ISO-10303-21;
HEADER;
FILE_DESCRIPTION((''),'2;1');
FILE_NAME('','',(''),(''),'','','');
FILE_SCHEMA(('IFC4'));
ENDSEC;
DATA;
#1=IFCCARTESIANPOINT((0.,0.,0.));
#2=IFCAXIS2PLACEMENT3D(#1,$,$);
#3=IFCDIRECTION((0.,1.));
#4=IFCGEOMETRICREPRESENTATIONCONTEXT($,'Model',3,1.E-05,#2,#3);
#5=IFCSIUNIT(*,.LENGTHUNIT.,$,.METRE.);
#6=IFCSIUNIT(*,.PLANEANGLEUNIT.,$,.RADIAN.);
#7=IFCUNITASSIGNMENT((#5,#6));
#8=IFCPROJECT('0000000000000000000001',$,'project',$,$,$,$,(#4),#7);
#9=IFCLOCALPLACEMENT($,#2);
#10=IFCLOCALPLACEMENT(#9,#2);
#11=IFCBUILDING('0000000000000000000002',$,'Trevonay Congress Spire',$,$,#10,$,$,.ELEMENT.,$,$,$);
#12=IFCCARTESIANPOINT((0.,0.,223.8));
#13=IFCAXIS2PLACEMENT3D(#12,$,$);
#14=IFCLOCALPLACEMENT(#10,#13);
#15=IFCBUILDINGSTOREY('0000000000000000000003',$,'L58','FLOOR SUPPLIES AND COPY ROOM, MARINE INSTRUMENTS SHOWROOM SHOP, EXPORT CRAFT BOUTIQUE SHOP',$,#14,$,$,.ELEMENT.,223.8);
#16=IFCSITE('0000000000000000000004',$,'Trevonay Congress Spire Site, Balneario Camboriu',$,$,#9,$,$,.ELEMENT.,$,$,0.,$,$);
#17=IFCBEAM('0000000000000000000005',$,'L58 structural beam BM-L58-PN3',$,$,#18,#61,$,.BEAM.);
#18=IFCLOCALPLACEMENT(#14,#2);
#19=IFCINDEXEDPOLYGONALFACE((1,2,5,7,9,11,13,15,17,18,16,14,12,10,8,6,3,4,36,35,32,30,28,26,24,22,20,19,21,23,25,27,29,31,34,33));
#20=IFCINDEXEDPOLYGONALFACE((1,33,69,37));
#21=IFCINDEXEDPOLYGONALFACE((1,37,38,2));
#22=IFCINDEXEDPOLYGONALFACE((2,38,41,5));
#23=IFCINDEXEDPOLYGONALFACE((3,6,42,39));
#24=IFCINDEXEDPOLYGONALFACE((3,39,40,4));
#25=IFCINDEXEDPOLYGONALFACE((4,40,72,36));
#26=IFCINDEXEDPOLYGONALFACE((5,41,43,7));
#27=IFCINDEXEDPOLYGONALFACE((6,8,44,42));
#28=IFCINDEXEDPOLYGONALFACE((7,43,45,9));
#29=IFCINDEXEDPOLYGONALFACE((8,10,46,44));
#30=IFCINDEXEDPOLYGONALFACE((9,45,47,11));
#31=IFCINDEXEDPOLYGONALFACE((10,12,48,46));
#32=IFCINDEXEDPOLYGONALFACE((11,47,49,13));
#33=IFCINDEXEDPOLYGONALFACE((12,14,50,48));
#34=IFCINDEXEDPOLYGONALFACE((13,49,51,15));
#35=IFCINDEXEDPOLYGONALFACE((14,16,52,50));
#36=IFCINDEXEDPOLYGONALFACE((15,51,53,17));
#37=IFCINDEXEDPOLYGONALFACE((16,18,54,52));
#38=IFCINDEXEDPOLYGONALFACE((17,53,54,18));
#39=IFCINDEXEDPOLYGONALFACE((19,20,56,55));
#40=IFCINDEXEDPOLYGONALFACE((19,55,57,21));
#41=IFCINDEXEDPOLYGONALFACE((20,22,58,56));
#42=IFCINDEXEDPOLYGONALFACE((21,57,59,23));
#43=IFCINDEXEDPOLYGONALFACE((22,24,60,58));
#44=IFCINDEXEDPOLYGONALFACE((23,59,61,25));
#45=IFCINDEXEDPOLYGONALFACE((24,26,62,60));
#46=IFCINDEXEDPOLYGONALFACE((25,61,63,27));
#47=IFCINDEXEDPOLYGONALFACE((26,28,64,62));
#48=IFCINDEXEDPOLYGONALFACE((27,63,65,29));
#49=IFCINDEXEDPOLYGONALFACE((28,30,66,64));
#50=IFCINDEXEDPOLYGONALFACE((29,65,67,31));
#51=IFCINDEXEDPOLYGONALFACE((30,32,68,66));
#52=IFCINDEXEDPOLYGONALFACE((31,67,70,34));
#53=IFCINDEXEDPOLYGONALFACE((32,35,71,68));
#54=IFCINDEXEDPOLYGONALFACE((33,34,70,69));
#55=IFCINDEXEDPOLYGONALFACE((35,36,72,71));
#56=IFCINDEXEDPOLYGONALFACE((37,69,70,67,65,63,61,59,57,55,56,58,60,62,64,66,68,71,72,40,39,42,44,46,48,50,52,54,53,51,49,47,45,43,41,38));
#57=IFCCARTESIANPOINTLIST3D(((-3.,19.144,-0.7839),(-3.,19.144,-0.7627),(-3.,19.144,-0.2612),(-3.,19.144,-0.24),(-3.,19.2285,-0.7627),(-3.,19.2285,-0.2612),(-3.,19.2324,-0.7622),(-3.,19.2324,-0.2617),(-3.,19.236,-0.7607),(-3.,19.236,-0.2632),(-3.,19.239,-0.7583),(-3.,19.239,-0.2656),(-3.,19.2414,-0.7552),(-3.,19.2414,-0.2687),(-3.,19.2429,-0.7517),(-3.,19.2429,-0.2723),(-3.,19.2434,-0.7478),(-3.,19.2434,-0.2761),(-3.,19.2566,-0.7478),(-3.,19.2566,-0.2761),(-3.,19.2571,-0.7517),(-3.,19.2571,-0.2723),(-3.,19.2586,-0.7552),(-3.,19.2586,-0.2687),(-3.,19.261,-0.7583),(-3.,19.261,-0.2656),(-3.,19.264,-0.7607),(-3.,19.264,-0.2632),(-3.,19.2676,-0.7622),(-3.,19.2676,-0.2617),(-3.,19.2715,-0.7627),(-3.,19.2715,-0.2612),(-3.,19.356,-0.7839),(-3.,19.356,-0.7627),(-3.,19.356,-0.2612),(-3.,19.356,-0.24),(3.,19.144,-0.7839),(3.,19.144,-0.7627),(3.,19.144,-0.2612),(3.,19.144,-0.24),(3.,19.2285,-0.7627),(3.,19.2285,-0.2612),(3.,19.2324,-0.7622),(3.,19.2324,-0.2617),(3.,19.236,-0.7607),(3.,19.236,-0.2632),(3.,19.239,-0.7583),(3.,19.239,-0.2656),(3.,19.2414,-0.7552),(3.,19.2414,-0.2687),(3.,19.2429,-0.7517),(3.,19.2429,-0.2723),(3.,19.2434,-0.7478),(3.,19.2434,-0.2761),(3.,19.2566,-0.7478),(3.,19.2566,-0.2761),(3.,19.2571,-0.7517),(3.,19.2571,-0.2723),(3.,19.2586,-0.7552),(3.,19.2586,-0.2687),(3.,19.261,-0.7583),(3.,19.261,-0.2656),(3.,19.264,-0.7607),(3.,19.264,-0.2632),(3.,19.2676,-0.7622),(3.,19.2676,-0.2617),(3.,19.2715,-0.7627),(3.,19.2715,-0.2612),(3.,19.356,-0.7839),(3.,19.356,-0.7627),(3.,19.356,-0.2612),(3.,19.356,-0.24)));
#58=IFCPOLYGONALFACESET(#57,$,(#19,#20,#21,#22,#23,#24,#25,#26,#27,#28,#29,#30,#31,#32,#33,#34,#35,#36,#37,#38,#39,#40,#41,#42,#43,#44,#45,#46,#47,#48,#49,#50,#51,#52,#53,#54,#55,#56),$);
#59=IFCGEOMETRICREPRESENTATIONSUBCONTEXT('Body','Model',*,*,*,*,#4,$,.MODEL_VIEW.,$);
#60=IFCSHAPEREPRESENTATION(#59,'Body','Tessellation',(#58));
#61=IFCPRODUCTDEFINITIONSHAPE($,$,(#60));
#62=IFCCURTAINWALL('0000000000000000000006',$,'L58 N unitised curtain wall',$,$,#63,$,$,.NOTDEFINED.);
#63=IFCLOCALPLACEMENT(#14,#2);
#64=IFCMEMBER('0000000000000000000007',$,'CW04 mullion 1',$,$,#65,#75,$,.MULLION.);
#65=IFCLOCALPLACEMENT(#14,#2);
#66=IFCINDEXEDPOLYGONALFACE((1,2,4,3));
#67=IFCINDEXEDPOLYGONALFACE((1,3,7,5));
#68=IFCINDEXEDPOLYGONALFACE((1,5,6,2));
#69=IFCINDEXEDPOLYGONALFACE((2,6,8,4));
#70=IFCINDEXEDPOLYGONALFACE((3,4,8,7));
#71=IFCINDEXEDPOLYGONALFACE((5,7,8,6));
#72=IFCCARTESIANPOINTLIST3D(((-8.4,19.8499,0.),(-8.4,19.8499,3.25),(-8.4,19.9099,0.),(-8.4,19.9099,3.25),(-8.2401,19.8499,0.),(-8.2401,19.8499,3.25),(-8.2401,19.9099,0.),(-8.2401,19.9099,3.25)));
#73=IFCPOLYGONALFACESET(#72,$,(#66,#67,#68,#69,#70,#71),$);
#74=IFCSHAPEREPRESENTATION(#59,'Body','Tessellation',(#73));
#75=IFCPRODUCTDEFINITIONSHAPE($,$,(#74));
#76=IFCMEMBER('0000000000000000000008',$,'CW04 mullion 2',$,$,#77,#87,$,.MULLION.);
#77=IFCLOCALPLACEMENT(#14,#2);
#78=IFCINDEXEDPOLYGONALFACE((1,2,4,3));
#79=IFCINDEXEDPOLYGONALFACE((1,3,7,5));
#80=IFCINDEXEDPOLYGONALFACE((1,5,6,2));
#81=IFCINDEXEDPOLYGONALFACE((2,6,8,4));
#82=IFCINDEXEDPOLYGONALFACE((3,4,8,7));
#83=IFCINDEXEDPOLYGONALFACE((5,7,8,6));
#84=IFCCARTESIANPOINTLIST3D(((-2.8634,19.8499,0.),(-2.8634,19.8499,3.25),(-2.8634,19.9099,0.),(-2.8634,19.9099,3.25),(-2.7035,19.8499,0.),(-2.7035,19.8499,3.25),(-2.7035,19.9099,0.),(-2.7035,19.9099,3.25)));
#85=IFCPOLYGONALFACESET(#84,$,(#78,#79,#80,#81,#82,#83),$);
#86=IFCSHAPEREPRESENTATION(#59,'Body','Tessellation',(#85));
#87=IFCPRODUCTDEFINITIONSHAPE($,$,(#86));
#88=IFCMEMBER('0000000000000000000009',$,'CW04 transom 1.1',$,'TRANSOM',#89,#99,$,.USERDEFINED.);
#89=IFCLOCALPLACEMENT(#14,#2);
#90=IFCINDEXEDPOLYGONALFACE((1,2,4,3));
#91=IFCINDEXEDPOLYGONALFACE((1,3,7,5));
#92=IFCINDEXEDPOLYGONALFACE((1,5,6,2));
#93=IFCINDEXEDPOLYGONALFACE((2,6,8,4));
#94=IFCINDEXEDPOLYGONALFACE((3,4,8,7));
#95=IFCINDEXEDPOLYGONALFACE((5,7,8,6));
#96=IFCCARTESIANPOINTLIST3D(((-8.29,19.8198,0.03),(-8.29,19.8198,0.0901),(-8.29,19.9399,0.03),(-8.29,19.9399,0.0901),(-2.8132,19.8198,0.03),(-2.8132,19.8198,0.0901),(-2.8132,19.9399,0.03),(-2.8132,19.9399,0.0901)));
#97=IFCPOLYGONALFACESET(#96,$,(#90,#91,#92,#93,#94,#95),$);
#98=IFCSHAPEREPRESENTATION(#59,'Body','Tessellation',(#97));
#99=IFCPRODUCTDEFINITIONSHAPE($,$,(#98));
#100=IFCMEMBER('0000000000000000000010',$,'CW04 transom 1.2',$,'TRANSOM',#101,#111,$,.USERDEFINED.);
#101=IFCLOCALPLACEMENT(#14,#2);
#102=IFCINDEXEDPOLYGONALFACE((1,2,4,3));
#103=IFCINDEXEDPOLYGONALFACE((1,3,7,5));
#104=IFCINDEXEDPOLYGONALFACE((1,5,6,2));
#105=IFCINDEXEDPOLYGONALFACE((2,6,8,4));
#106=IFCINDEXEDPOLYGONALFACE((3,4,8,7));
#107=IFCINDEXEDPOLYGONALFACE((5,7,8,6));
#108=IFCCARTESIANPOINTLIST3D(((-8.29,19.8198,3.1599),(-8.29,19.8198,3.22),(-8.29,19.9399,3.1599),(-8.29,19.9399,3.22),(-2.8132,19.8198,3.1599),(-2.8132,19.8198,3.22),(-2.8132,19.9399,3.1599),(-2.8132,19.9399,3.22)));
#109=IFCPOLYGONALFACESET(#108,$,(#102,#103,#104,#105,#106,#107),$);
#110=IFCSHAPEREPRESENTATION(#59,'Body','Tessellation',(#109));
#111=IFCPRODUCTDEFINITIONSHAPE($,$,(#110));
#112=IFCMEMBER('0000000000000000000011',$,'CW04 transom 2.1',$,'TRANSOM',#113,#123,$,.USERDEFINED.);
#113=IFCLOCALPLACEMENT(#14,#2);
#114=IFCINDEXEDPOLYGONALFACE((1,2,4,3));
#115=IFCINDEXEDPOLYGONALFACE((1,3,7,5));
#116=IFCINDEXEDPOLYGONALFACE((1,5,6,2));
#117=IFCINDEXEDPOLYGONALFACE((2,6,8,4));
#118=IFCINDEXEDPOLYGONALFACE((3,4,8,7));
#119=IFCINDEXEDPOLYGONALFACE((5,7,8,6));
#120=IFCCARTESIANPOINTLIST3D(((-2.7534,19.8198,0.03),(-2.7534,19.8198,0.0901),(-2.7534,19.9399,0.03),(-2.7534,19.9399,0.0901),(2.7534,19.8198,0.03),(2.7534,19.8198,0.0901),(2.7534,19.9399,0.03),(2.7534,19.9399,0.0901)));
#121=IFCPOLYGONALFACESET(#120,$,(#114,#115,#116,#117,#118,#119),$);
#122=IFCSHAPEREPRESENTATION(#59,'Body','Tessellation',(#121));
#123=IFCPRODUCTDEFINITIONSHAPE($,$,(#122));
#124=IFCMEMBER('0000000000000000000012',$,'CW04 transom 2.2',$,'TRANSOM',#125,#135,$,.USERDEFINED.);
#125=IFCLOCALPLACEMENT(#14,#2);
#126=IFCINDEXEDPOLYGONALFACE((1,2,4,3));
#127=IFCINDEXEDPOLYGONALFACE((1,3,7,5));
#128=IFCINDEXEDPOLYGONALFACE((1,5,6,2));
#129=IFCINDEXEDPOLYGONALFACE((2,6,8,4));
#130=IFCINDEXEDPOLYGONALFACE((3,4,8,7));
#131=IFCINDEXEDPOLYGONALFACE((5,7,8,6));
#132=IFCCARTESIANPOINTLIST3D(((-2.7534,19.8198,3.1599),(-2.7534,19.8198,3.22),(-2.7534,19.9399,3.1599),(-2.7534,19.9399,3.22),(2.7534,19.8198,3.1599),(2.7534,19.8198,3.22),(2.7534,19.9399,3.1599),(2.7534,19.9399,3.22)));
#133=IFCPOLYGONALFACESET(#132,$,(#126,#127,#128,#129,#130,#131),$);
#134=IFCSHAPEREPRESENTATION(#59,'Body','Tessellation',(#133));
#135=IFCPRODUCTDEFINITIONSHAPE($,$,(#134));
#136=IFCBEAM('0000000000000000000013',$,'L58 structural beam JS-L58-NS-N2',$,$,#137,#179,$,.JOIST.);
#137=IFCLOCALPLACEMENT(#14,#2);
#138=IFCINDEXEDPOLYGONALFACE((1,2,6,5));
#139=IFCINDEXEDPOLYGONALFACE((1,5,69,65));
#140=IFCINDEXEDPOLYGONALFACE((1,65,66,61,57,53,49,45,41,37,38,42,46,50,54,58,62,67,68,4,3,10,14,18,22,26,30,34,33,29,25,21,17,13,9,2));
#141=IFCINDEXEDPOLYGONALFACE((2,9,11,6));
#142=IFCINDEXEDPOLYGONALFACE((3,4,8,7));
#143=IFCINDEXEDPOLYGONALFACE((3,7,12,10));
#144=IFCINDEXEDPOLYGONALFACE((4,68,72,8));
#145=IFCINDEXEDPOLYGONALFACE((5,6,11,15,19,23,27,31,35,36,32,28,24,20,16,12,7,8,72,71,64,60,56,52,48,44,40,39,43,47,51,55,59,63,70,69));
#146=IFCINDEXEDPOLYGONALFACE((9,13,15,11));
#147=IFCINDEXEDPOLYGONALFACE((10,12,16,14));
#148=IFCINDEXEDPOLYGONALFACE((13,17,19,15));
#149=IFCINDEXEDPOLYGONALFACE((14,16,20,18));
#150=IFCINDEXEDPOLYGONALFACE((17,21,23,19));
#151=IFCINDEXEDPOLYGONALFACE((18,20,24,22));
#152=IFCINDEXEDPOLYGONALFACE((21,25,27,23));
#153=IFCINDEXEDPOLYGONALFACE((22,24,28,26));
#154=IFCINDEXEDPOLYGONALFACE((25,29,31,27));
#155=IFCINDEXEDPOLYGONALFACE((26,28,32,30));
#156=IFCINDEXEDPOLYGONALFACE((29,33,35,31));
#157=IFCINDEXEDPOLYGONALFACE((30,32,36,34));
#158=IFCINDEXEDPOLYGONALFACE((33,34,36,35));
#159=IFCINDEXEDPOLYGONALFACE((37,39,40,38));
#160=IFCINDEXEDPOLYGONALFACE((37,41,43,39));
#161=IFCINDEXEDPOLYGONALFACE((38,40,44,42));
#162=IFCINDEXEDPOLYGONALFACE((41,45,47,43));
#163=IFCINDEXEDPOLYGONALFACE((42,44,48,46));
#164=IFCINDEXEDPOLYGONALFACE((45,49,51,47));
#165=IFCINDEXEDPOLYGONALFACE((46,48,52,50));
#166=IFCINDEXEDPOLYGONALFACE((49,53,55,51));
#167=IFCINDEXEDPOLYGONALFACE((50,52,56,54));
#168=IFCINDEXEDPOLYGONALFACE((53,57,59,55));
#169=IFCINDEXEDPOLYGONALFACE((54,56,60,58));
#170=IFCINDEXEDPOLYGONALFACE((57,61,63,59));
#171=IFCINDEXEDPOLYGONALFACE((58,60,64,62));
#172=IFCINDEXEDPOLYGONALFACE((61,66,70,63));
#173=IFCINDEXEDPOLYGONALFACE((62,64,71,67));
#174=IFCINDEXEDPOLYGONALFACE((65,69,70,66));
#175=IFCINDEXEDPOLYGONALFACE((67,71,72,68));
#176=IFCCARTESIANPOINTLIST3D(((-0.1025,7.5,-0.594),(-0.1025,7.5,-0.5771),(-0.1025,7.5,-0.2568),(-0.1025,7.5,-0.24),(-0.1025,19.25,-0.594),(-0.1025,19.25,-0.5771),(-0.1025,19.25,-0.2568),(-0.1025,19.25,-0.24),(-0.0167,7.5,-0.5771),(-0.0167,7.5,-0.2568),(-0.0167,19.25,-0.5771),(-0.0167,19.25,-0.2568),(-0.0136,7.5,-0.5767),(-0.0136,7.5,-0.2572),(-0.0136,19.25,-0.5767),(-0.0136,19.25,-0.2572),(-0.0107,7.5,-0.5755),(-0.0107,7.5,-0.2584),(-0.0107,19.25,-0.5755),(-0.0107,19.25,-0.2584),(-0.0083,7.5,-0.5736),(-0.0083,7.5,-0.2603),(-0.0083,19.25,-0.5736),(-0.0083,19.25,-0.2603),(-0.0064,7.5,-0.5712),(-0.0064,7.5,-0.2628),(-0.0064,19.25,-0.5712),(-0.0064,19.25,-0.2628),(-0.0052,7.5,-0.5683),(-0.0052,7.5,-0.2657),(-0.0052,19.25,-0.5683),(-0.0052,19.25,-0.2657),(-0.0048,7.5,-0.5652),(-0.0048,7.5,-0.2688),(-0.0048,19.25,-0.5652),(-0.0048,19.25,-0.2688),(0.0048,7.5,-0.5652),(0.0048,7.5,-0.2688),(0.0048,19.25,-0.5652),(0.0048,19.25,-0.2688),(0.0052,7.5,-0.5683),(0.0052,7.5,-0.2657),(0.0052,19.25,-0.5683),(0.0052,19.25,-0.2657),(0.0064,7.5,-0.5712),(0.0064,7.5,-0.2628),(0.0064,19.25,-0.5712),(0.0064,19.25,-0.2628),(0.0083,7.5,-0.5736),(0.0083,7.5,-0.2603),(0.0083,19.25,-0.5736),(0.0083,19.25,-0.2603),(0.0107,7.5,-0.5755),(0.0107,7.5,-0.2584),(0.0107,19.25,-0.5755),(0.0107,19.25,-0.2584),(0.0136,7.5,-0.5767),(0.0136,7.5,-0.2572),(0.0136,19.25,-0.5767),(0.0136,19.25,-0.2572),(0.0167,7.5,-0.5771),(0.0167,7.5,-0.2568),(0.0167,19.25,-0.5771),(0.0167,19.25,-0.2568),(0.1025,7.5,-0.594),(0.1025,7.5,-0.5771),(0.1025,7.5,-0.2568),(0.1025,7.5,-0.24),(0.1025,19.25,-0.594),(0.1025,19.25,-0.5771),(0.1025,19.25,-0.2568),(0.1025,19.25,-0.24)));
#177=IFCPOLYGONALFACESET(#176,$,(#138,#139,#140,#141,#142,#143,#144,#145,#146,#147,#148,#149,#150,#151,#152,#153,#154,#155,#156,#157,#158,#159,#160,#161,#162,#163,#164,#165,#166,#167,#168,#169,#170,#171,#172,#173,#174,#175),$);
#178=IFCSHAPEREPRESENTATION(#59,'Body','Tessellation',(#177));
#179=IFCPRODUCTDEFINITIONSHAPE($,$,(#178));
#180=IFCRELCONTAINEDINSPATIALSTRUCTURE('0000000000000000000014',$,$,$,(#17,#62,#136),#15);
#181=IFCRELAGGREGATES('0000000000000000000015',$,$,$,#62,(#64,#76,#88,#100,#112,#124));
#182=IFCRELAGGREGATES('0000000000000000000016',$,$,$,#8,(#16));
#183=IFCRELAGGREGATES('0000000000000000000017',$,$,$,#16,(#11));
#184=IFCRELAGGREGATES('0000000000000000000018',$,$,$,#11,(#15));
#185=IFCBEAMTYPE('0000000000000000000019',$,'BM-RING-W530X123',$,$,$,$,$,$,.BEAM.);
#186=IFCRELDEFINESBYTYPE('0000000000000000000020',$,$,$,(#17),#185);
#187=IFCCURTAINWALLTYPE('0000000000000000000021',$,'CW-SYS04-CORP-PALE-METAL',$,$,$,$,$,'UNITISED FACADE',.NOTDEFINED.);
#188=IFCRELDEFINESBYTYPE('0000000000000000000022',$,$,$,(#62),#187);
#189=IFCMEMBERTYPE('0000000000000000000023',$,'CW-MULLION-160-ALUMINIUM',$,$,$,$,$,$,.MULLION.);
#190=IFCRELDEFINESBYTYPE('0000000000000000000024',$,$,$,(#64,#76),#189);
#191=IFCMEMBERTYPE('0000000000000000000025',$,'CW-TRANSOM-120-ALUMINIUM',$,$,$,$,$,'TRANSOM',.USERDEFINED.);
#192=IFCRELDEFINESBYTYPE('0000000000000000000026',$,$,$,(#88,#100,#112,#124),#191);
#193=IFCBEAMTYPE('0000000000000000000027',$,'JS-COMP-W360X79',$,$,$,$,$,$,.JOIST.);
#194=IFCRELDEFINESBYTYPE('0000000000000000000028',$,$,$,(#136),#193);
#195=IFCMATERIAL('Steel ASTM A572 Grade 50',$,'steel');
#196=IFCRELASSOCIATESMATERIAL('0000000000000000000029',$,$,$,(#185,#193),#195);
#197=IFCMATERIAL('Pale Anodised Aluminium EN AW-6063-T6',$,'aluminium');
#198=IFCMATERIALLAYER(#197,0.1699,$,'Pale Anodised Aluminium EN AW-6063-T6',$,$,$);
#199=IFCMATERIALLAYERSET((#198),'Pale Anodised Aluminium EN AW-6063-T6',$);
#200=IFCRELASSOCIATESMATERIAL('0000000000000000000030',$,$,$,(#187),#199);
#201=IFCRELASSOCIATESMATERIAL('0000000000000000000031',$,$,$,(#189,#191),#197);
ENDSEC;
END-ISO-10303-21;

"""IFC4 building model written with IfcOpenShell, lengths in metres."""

from ifc_helpers import new_model, si_unit, direction, frame, origin, origin_2d, place, context, subcontext, project, spatial, rectangle, i_section, extrude, material, layer, layer_set, material_profile, profile_set, type_object, element, aggregate, save


model = new_model("IFC4")

# Units and contexts
model_context = context("Model", 3, precision=1e-05, world=origin(), true_north=direction((0.0, 1.0)))
body_context = subcontext(model_context, "Body", "Model", "MODEL_VIEW")
ifc_project = project(units=[si_unit("LENGTHUNIT", "METRE"), si_unit("PLANEANGLEUNIT", "RADIAN")], contexts=[model_context])

# Site, building, storey
site_placement = place(None, origin())
site = spatial("IfcSite", under=ifc_project, at=site_placement, Name="Trevonay Congress Spire Site, Balneario Camboriu", CompositionType="ELEMENT", RefElevation=0.0)
building_placement = place(site_placement, origin())
building = spatial("IfcBuilding", under=site, at=building_placement, Name="Trevonay Congress Spire", CompositionType="ELEMENT")
storey_placement = place(building_placement, frame((0.0, 0.0, 223.8)))
storey = spatial("IfcBuildingStorey", under=building, at=storey_placement, Name="L58", Description="FLOOR SUPPLIES AND COPY ROOM, MARINE INSTRUMENTS SHOWROOM SHOP, EXPORT CRAFT BOUTIQUE SHOP", CompositionType="ELEMENT", Elevation=223.8)

# Shared definitions
ifc_material_1 = material(Name="Steel ASTM A572 Grade 50", Category="steel")

# Beam
ifc_material_profile_1 = material_profile(ifc_material_1, i_section(OverallWidth=0.2119, OverallDepth=0.5439, WebThickness=0.0132, FlangeThickness=0.0212, FilletRadius=0.0149, at=origin_2d()), Name="W530x123")
ifc_profile_set_1 = profile_set([ifc_material_profile_1], Name="Steel ASTM A572 Grade 50")
beam_type_1 = type_object("IfcBeamType", Name="BM-RING-W530X123", PredefinedType="BEAM", material=ifc_profile_set_1)
beam_1_placement = place(storey_placement, frame((-3.0, 19.25, -0.512), z_axis=(1.0, 0.0, 0.0), x_axis=(0.0, 1.0, 0.0)))
element("IfcBeam", 1, at=beam_1_placement, inside=storey, type_object=beam_type_1, Name="L58 structural beam BM-L58-PN3", PredefinedType="BEAM", context=body_context, shape_type="SweptSolid", body=[
    extrude(i_section(OverallWidth=0.2119, OverallDepth=0.5439, WebThickness=0.0132, FlangeThickness=0.0212, FilletRadius=0.0149, at=origin_2d()), origin(), (0.0, 0.0, 1.0), 6.0),
])

# Curtain wall, members
ifc_material_2 = material(Name="Pale Anodised Aluminium EN AW-6063-T6", Category="aluminium")
ifc_layer_1 = layer(ifc_material_2, 0.1699, Name="Pale Anodised Aluminium EN AW-6063-T6")
ifc_layer_set_1 = layer_set([ifc_layer_1], Name="Pale Anodised Aluminium EN AW-6063-T6")
curtain_wall_type = type_object("IfcCurtainWallType", Name="CW-SYS04-CORP-PALE-METAL", ElementType="UNITISED FACADE", PredefinedType="NOTDEFINED", material=ifc_layer_set_1)
curtain_wall_placement = place(storey_placement, origin())
curtain_wall = element("IfcCurtainWall", 2, at=curtain_wall_placement, inside=storey, type_object=curtain_wall_type, Name="L58 N unitised curtain wall", PredefinedType="NOTDEFINED")
ifc_material_profile_2 = material_profile(ifc_material_2, rectangle(XDim=0.0601, YDim=0.1599, at=origin_2d()), Name="CW-MULLION-160-ALUMINIUM")
ifc_profile_set_2 = profile_set([ifc_material_profile_2], Name="Pale Anodised Aluminium EN AW-6063-T6")
member_type_1 = type_object("IfcMemberType", Name="CW-MULLION-160-ALUMINIUM", PredefinedType="MULLION", material=ifc_profile_set_2)
member_1_placement = place(storey_placement, frame((-8.3201, 19.8799, 0.0), z_axis=(0.0, 0.0, 1.0), x_axis=(0.0, 1.0, 0.0)))
member_1 = element("IfcMember", 3, at=member_1_placement, type_object=member_type_1, Name="CW04 mullion 1", PredefinedType="MULLION", context=body_context, shape_type="SweptSolid", body=[
    extrude(rectangle(XDim=0.0601, YDim=0.1599, at=origin_2d()), origin(), (0.0, 0.0, 1.0), 3.25),
])
member_2_placement = place(storey_placement, frame((-2.7834, 19.8799, 0.0), z_axis=(0.0, 0.0, 1.0), x_axis=(0.0, 1.0, 0.0)))
member_2 = element("IfcMember", 4, at=member_2_placement, type_object=member_type_1, Name="CW04 mullion 2", PredefinedType="MULLION", context=body_context, shape_type="SweptSolid", body=[
    extrude(rectangle(XDim=0.0601, YDim=0.1599, at=origin_2d()), origin(), (0.0, 0.0, 1.0), 3.25),
])
ifc_material_profile_3 = material_profile(ifc_material_2, rectangle(XDim=0.1201, YDim=0.0601, at=origin_2d()), Name="CW-TRANSOM-120-ALUMINIUM")
ifc_profile_set_3 = profile_set([ifc_material_profile_3], Name="Pale Anodised Aluminium EN AW-6063-T6")
member_type_2 = type_object("IfcMemberType", Name="CW-TRANSOM-120-ALUMINIUM", ElementType="TRANSOM", PredefinedType="USERDEFINED", material=ifc_profile_set_3)
member_3_placement = place(storey_placement, frame((-8.29, 19.8799, 0.0601), z_axis=(1.0, 0.0, 0.0), x_axis=(0.0, 1.0, 0.0)))
member_3 = element("IfcMember", 5, at=member_3_placement, type_object=member_type_2, Name="CW04 transom 1.1", ObjectType="TRANSOM", PredefinedType="USERDEFINED", context=body_context, shape_type="SweptSolid", body=[
    extrude(rectangle(XDim=0.1201, YDim=0.0601, at=origin_2d()), origin(), (0.0, 0.0, 1.0), 5.4768),
])
member_4_placement = place(storey_placement, frame((-8.29, 19.8799, 3.1899), z_axis=(1.0, 0.0, 0.0), x_axis=(0.0, 1.0, 0.0)))
member_4 = element("IfcMember", 6, at=member_4_placement, type_object=member_type_2, Name="CW04 transom 1.2", ObjectType="TRANSOM", PredefinedType="USERDEFINED", context=body_context, shape_type="SweptSolid", body=[
    extrude(rectangle(XDim=0.1201, YDim=0.0601, at=origin_2d()), origin(), (0.0, 0.0, 1.0), 5.4768),
])
member_5_placement = place(storey_placement, frame((-2.7534, 19.8799, 0.0601), z_axis=(1.0, 0.0, 0.0), x_axis=(0.0, 1.0, 0.0)))
member_5 = element("IfcMember", 7, at=member_5_placement, type_object=member_type_2, Name="CW04 transom 2.1", ObjectType="TRANSOM", PredefinedType="USERDEFINED", context=body_context, shape_type="SweptSolid", body=[
    extrude(rectangle(XDim=0.1201, YDim=0.0601, at=origin_2d()), origin(), (0.0, 0.0, 1.0), 5.5068),
])
member_6_placement = place(storey_placement, frame((-2.7534, 19.8799, 3.1899), z_axis=(1.0, 0.0, 0.0), x_axis=(0.0, 1.0, 0.0)))
member_6 = element("IfcMember", 8, at=member_6_placement, type_object=member_type_2, Name="CW04 transom 2.2", ObjectType="TRANSOM", PredefinedType="USERDEFINED", context=body_context, shape_type="SweptSolid", body=[
    extrude(rectangle(XDim=0.1201, YDim=0.0601, at=origin_2d()), origin(), (0.0, 0.0, 1.0), 5.5068),
])

# Beam
ifc_material_profile_4 = material_profile(ifc_material_1, i_section(OverallWidth=0.2051, OverallDepth=0.354, WebThickness=0.0095, FlangeThickness=0.0168, FilletRadius=0.012, at=origin_2d()), Name="W360x79")
ifc_profile_set_4 = profile_set([ifc_material_profile_4], Name="Steel ASTM A572 Grade 50")
beam_type_2 = type_object("IfcBeamType", Name="JS-COMP-W360X79", PredefinedType="JOIST", material=ifc_profile_set_4)
beam_2_placement = place(storey_placement, frame((0.0, 7.5, -0.417), z_axis=(0.0, 1.0, 0.0), x_axis=(-1.0, 0.0, 0.0)))
element("IfcBeam", 9, at=beam_2_placement, inside=storey, type_object=beam_type_2, Name="L58 structural beam JS-L58-NS-N2", PredefinedType="JOIST", context=body_context, shape_type="SweptSolid", body=[
    extrude(i_section(OverallWidth=0.2051, OverallDepth=0.354, WebThickness=0.0095, FlangeThickness=0.0168, FilletRadius=0.012, at=origin_2d()), origin(), (0.0, 0.0, 1.0), 11.75),
])

aggregate(curtain_wall, [member_1, member_2, member_3, member_4, member_5, member_6])

save(model, "model.ifc")
